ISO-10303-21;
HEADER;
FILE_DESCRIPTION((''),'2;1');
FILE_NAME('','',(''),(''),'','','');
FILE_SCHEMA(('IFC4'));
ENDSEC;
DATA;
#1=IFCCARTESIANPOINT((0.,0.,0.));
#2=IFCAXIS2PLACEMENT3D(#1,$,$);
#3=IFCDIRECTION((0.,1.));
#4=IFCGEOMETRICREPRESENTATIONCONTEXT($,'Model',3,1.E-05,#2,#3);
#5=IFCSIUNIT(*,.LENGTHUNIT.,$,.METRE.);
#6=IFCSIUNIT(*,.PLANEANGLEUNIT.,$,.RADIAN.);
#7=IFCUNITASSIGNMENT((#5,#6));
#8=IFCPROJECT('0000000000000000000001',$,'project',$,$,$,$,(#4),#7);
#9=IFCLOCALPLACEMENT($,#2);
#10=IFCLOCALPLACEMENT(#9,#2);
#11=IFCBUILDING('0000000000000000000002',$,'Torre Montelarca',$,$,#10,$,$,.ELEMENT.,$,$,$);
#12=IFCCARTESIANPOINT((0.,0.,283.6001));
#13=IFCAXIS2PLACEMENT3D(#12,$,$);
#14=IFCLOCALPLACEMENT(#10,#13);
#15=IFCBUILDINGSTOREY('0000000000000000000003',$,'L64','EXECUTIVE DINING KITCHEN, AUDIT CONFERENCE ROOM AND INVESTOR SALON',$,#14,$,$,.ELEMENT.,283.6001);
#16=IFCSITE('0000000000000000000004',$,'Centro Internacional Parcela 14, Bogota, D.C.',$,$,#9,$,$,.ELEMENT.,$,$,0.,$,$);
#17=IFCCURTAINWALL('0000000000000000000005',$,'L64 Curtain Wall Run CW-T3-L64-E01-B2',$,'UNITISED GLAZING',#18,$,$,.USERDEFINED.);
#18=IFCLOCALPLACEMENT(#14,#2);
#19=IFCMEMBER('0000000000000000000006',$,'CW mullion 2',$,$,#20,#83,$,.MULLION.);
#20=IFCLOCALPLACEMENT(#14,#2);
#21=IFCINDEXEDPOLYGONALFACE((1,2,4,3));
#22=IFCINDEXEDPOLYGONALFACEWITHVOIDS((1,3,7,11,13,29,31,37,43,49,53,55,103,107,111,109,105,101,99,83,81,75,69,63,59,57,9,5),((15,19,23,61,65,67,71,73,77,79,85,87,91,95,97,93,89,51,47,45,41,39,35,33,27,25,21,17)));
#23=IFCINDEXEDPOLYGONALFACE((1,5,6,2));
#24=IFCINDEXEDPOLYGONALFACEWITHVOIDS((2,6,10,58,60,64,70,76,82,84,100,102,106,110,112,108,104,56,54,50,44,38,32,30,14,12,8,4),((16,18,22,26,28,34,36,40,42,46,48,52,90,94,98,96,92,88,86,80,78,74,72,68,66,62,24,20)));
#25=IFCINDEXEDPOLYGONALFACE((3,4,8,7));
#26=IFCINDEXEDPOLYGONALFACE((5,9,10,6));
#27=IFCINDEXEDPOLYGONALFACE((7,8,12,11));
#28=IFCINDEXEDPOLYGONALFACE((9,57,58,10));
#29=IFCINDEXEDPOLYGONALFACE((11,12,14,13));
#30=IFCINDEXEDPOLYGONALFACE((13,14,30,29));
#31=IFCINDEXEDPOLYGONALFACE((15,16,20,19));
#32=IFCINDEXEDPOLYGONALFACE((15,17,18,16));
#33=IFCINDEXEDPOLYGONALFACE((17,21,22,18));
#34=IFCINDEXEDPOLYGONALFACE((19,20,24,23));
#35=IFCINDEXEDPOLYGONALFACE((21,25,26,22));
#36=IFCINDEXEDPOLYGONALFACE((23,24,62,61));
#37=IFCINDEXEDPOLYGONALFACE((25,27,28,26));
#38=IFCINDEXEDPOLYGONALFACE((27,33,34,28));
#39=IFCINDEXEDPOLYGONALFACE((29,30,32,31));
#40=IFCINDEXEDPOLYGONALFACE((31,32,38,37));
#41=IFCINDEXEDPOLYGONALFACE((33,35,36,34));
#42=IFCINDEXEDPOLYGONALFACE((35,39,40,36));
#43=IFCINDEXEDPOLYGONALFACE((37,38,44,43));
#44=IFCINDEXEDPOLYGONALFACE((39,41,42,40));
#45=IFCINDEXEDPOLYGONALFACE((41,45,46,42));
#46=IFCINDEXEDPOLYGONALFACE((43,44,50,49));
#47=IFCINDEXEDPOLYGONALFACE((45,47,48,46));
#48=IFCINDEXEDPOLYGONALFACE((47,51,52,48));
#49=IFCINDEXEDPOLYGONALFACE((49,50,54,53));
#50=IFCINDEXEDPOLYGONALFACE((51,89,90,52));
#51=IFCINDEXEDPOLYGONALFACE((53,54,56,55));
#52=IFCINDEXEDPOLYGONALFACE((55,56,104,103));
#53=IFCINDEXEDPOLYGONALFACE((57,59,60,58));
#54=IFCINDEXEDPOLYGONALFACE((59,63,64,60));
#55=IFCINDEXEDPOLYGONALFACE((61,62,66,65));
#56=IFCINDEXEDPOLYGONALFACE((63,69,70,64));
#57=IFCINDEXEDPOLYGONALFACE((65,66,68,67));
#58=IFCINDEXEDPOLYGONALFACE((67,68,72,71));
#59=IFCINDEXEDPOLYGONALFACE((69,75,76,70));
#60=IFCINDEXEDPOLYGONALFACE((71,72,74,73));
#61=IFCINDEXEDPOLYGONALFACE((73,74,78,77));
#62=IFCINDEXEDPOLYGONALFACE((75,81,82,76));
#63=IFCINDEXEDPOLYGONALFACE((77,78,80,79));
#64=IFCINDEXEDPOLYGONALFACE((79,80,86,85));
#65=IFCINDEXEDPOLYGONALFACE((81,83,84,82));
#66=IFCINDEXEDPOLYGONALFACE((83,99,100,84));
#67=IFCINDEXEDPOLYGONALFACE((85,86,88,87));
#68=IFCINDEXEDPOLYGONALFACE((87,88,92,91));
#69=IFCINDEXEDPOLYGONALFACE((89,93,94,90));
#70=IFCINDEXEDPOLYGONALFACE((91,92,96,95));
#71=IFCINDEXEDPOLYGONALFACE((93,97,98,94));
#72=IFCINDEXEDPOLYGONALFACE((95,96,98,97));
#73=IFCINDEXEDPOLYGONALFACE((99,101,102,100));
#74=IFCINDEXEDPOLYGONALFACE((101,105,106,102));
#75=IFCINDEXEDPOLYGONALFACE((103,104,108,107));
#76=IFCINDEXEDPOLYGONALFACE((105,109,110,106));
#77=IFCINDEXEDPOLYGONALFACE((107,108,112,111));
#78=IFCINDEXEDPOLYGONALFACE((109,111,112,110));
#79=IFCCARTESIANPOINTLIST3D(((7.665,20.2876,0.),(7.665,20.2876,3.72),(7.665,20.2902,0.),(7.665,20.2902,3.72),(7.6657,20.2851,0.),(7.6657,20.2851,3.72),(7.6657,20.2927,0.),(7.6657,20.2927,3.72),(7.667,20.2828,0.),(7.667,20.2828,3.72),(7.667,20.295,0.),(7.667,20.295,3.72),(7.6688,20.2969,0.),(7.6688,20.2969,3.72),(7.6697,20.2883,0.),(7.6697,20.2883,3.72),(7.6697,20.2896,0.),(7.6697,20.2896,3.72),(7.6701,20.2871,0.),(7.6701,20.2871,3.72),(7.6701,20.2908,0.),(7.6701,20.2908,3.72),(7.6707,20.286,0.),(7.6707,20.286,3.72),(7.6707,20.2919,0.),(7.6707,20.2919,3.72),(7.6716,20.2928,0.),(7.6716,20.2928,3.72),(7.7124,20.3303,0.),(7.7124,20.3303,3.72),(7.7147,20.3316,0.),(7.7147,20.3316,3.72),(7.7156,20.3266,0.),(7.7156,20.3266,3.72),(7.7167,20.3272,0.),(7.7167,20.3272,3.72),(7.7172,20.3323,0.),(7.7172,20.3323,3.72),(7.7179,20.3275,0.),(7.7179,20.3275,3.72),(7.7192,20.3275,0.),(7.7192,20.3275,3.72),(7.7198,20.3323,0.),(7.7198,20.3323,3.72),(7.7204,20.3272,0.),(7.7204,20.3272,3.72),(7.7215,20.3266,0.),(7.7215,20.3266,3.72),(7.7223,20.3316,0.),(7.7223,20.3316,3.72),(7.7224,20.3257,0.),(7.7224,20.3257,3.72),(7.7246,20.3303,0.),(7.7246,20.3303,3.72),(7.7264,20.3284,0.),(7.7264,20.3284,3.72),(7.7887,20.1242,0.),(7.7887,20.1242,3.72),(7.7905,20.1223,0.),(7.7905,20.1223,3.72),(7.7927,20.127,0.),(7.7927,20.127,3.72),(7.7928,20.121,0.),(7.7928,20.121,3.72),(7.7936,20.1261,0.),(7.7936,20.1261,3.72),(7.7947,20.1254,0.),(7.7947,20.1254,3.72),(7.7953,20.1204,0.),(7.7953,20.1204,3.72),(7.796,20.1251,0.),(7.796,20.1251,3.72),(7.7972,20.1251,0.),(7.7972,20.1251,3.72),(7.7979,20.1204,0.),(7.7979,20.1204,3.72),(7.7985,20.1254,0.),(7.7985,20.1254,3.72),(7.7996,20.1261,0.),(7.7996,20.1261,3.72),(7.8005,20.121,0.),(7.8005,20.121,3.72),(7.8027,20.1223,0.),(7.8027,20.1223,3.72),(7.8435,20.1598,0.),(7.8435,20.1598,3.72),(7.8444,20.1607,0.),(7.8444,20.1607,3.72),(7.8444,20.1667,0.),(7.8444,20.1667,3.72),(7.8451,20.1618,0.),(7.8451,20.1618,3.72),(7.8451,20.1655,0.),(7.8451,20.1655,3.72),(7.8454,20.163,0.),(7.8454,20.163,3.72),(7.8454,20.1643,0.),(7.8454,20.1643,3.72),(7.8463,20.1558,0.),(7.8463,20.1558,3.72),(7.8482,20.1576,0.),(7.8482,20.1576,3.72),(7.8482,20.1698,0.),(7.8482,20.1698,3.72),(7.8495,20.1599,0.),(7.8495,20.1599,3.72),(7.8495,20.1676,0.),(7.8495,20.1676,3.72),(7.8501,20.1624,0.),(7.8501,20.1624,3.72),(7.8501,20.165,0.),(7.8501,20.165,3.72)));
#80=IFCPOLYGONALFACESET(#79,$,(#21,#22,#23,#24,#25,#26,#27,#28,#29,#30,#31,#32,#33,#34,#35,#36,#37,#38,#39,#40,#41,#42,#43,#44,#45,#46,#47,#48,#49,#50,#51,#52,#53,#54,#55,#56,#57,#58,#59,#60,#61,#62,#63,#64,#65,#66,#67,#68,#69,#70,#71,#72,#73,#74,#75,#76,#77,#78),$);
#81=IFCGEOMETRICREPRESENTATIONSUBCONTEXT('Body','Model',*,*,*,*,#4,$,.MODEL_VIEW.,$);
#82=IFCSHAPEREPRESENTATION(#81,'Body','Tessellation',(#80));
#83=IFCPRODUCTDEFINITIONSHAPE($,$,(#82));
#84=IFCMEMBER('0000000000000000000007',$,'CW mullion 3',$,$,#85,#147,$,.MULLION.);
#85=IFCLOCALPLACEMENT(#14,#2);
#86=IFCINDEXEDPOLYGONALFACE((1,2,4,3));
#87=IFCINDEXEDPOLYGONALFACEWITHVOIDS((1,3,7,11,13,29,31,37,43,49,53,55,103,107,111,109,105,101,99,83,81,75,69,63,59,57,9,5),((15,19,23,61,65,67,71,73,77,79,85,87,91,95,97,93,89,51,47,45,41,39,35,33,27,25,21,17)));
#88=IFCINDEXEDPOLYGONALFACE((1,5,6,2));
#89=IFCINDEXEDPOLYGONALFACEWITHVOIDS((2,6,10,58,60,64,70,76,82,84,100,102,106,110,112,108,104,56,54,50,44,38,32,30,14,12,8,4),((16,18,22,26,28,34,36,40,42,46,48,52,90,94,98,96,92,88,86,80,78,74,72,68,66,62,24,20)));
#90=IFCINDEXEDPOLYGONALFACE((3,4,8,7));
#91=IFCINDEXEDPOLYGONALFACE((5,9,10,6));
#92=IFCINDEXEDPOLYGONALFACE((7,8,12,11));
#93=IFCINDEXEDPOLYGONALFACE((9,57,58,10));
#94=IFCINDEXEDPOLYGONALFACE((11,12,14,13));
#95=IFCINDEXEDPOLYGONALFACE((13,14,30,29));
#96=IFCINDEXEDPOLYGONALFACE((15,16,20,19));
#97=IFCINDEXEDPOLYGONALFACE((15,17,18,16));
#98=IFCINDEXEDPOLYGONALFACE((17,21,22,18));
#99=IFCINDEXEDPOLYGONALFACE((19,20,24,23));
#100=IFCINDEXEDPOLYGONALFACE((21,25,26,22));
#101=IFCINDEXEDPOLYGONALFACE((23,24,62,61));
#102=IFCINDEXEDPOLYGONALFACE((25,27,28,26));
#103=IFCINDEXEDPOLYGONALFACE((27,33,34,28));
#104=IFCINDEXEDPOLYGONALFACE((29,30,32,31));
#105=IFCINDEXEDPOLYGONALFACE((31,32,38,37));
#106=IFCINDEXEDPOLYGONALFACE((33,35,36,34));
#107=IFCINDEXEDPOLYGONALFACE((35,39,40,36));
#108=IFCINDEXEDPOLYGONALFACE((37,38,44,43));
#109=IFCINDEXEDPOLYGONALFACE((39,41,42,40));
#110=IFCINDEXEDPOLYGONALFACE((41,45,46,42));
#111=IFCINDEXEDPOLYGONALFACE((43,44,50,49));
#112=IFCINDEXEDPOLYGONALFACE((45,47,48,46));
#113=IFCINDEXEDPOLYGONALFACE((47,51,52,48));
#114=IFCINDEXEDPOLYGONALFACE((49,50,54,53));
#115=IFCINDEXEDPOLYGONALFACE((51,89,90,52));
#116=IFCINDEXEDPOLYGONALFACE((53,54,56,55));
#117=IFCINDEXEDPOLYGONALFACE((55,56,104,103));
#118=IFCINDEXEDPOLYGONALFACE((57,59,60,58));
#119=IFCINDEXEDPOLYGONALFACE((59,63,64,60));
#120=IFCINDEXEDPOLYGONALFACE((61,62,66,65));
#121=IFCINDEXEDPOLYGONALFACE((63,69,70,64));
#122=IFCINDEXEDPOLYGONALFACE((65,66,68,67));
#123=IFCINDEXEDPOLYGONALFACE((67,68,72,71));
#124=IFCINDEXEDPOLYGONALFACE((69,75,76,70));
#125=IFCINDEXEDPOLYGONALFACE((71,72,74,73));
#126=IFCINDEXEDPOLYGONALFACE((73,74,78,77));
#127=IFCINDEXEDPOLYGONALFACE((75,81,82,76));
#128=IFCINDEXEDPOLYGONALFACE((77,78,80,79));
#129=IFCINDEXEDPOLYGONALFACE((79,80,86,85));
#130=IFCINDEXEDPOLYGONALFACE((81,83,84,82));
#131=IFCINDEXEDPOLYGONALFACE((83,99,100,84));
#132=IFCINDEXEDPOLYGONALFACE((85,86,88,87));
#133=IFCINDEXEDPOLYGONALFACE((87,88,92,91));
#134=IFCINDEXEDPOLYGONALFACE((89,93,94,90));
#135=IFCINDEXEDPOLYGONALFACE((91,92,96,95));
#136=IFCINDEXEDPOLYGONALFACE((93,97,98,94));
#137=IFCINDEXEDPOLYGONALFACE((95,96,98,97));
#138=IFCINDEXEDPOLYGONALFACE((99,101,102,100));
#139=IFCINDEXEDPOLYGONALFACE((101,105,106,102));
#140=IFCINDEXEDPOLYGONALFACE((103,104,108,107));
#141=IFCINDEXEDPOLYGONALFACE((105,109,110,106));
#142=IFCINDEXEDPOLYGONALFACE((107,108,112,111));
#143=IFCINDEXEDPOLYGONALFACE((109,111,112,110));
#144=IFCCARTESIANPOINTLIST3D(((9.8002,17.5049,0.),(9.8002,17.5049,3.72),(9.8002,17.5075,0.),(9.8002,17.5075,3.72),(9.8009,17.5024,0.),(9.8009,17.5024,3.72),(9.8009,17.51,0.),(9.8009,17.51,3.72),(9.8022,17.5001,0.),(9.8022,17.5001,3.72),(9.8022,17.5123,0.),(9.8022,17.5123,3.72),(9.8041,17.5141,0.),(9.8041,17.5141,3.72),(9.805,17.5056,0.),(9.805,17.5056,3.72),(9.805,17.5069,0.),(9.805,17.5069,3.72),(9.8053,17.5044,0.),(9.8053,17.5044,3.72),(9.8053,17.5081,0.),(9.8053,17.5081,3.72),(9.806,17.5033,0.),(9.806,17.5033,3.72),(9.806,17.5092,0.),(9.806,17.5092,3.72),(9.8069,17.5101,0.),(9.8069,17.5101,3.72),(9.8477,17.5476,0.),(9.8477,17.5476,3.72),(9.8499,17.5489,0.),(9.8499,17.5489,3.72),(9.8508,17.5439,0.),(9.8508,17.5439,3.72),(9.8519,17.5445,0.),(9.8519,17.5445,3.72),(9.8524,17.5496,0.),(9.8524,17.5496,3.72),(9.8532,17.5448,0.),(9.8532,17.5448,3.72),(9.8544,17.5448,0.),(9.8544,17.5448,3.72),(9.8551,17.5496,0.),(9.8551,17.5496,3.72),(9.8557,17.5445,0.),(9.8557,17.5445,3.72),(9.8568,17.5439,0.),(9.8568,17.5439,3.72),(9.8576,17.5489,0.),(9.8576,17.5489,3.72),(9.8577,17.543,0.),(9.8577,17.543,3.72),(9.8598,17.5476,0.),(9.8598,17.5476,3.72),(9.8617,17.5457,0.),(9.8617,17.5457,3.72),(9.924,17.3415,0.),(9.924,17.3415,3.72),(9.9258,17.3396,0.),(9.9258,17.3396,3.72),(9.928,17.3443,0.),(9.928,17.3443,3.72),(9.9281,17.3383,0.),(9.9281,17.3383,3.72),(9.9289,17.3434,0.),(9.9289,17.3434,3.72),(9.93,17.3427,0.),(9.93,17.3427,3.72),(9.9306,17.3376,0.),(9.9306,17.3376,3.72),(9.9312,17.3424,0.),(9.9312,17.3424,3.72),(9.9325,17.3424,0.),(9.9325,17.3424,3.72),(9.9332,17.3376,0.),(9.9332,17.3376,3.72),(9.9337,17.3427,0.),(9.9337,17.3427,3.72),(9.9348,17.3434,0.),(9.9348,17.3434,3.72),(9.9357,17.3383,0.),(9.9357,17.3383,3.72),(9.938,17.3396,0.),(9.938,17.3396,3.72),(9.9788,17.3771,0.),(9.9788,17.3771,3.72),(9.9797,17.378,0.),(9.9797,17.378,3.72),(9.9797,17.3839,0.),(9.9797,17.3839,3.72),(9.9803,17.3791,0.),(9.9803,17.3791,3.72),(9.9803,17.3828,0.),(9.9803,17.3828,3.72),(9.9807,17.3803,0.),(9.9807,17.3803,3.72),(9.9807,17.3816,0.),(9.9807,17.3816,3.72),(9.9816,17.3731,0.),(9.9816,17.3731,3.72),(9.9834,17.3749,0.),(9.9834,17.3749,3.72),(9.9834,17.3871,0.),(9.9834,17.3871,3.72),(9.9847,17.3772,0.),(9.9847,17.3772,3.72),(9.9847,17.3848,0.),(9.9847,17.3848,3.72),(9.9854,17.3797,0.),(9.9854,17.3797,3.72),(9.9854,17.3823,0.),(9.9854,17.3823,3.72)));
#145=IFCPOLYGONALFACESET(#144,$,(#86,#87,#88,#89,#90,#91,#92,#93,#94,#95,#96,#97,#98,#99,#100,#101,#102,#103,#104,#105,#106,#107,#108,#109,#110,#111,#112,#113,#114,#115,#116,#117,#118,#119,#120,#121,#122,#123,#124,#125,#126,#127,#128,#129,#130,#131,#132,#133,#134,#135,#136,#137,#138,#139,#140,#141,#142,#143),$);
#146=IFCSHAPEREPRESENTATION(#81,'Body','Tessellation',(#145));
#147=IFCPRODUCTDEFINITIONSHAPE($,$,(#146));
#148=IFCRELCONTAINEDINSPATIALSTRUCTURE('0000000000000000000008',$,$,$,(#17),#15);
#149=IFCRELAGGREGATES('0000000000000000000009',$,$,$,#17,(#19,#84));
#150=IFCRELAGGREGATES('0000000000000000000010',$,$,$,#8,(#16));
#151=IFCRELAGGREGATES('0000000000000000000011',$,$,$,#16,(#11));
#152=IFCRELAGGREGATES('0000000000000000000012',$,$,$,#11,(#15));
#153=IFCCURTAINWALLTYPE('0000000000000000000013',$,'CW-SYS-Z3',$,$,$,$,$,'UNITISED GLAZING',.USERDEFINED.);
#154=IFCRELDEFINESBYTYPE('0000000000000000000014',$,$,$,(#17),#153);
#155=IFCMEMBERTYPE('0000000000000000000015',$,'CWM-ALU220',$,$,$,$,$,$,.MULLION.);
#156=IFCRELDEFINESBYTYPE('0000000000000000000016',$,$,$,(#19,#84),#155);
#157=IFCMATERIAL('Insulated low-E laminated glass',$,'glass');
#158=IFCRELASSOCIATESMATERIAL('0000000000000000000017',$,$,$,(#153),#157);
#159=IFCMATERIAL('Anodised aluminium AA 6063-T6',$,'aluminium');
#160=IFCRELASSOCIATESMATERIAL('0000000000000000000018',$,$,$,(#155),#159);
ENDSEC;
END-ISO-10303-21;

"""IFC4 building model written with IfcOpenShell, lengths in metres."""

from ifc_helpers import new_model, si_unit, direction, frame, origin, origin_2d, place, context, subcontext, project, spatial, hollow_rectangle, extrude, source, transform, mapped, material, material_profile, profile_set, type_object, element, aggregate, save


model = new_model("IFC4")

# Units and contexts
model_context = context("Model", 3, precision=1e-05, world=origin(), true_north=direction((0.0, 1.0)))
body_context = subcontext(model_context, "Body", "Model", "MODEL_VIEW")
ifc_project = project(units=[si_unit("LENGTHUNIT", "METRE"), si_unit("PLANEANGLEUNIT", "RADIAN")], contexts=[model_context])

# Site, building, storey
site_placement = place(None, origin())
site = spatial("IfcSite", under=ifc_project, at=site_placement, Name="Centro Internacional Parcela 14, Bogota, D.C.", CompositionType="ELEMENT", RefElevation=0.0)
building_placement = place(site_placement, origin())
building = spatial("IfcBuilding", under=site, at=building_placement, Name="Torre Montelarca", CompositionType="ELEMENT")
storey_placement = place(building_placement, frame((0.0, 0.0, 283.6001)))
storey = spatial("IfcBuildingStorey", under=building, at=storey_placement, Name="L64", Description="EXECUTIVE DINING KITCHEN, AUDIT CONFERENCE ROOM AND INVESTOR SALON", CompositionType="ELEMENT", Elevation=283.6001)

# Curtain wall, members
ifc_material_1 = material(Name="Insulated low-E laminated glass", Category="glass")
curtain_wall_type = type_object("IfcCurtainWallType", Name="CW-SYS-Z3", ElementType="UNITISED GLAZING", PredefinedType="USERDEFINED", material=ifc_material_1)
ifc_material_2 = material(Name="Anodised aluminium AA 6063-T6", Category="aluminium")
ifc_material_profile_1 = material_profile(ifc_material_2, hollow_rectangle(XDim=0.075, YDim=0.22, WallThickness=0.0049, InnerFilletRadius=0.0049, OuterFilletRadius=0.01, at=origin_2d()), Name="ALU75X220X5", Category="aluminium")
ifc_profile_set_1 = profile_set([ifc_material_profile_1], Name="Anodised aluminium AA 6063-T6")
member_type_1 = type_object("IfcMemberType", Name="CWM-ALU220", PredefinedType="MULLION", material=ifc_profile_set_1)
shared_shape_1 = source(origin(), body_context, "Body", "SweptSolid", [
    extrude(hollow_rectangle(XDim=0.075, YDim=0.22, WallThickness=0.0049, InnerFilletRadius=0.0049, OuterFilletRadius=0.01, at=origin_2d()), origin(), (0.0, 0.0, 1.0), 3.72),
])
curtain_wall_1_placement = place(storey_placement, origin())
curtain_wall_1 = element("IfcCurtainWall", 1, at=curtain_wall_1_placement, inside=storey, type_object=curtain_wall_type, Name="L64 Curtain Wall Run CW-T3-L64-E01-B2", ObjectType="UNITISED GLAZING", PredefinedType="USERDEFINED")
member_1_placement = place(storey_placement, frame((7.7576, 20.2263, 0.0), z_axis=(0.0, 0.0, 1.0), x_axis=(0.793351, 0.608765, 0.0)))
member_1 = element("IfcMember", 2, at=member_1_placement, type_object=member_type_1, Name="CW mullion 2", PredefinedType="MULLION", context=body_context, shape_type="MappedRepresentation", body=[
    mapped(shared_shape_1, transform((0.0, 0.0, 0.0), scale=1.0)),
])
member_2_placement = place(storey_placement, frame((9.8928, 17.4436, 0.0), z_axis=(0.0, 0.0, 1.0), x_axis=(0.793351, 0.608765, 0.0)))
member_2 = element("IfcMember", 3, at=member_2_placement, type_object=member_type_1, Name="CW mullion 3", PredefinedType="MULLION", context=body_context, shape_type="MappedRepresentation", body=[
    mapped(shared_shape_1, transform((0.0, 0.0, 0.0), scale=1.0)),
])

aggregate(curtain_wall_1, [member_1, member_2])

save(model, "model.ifc")
